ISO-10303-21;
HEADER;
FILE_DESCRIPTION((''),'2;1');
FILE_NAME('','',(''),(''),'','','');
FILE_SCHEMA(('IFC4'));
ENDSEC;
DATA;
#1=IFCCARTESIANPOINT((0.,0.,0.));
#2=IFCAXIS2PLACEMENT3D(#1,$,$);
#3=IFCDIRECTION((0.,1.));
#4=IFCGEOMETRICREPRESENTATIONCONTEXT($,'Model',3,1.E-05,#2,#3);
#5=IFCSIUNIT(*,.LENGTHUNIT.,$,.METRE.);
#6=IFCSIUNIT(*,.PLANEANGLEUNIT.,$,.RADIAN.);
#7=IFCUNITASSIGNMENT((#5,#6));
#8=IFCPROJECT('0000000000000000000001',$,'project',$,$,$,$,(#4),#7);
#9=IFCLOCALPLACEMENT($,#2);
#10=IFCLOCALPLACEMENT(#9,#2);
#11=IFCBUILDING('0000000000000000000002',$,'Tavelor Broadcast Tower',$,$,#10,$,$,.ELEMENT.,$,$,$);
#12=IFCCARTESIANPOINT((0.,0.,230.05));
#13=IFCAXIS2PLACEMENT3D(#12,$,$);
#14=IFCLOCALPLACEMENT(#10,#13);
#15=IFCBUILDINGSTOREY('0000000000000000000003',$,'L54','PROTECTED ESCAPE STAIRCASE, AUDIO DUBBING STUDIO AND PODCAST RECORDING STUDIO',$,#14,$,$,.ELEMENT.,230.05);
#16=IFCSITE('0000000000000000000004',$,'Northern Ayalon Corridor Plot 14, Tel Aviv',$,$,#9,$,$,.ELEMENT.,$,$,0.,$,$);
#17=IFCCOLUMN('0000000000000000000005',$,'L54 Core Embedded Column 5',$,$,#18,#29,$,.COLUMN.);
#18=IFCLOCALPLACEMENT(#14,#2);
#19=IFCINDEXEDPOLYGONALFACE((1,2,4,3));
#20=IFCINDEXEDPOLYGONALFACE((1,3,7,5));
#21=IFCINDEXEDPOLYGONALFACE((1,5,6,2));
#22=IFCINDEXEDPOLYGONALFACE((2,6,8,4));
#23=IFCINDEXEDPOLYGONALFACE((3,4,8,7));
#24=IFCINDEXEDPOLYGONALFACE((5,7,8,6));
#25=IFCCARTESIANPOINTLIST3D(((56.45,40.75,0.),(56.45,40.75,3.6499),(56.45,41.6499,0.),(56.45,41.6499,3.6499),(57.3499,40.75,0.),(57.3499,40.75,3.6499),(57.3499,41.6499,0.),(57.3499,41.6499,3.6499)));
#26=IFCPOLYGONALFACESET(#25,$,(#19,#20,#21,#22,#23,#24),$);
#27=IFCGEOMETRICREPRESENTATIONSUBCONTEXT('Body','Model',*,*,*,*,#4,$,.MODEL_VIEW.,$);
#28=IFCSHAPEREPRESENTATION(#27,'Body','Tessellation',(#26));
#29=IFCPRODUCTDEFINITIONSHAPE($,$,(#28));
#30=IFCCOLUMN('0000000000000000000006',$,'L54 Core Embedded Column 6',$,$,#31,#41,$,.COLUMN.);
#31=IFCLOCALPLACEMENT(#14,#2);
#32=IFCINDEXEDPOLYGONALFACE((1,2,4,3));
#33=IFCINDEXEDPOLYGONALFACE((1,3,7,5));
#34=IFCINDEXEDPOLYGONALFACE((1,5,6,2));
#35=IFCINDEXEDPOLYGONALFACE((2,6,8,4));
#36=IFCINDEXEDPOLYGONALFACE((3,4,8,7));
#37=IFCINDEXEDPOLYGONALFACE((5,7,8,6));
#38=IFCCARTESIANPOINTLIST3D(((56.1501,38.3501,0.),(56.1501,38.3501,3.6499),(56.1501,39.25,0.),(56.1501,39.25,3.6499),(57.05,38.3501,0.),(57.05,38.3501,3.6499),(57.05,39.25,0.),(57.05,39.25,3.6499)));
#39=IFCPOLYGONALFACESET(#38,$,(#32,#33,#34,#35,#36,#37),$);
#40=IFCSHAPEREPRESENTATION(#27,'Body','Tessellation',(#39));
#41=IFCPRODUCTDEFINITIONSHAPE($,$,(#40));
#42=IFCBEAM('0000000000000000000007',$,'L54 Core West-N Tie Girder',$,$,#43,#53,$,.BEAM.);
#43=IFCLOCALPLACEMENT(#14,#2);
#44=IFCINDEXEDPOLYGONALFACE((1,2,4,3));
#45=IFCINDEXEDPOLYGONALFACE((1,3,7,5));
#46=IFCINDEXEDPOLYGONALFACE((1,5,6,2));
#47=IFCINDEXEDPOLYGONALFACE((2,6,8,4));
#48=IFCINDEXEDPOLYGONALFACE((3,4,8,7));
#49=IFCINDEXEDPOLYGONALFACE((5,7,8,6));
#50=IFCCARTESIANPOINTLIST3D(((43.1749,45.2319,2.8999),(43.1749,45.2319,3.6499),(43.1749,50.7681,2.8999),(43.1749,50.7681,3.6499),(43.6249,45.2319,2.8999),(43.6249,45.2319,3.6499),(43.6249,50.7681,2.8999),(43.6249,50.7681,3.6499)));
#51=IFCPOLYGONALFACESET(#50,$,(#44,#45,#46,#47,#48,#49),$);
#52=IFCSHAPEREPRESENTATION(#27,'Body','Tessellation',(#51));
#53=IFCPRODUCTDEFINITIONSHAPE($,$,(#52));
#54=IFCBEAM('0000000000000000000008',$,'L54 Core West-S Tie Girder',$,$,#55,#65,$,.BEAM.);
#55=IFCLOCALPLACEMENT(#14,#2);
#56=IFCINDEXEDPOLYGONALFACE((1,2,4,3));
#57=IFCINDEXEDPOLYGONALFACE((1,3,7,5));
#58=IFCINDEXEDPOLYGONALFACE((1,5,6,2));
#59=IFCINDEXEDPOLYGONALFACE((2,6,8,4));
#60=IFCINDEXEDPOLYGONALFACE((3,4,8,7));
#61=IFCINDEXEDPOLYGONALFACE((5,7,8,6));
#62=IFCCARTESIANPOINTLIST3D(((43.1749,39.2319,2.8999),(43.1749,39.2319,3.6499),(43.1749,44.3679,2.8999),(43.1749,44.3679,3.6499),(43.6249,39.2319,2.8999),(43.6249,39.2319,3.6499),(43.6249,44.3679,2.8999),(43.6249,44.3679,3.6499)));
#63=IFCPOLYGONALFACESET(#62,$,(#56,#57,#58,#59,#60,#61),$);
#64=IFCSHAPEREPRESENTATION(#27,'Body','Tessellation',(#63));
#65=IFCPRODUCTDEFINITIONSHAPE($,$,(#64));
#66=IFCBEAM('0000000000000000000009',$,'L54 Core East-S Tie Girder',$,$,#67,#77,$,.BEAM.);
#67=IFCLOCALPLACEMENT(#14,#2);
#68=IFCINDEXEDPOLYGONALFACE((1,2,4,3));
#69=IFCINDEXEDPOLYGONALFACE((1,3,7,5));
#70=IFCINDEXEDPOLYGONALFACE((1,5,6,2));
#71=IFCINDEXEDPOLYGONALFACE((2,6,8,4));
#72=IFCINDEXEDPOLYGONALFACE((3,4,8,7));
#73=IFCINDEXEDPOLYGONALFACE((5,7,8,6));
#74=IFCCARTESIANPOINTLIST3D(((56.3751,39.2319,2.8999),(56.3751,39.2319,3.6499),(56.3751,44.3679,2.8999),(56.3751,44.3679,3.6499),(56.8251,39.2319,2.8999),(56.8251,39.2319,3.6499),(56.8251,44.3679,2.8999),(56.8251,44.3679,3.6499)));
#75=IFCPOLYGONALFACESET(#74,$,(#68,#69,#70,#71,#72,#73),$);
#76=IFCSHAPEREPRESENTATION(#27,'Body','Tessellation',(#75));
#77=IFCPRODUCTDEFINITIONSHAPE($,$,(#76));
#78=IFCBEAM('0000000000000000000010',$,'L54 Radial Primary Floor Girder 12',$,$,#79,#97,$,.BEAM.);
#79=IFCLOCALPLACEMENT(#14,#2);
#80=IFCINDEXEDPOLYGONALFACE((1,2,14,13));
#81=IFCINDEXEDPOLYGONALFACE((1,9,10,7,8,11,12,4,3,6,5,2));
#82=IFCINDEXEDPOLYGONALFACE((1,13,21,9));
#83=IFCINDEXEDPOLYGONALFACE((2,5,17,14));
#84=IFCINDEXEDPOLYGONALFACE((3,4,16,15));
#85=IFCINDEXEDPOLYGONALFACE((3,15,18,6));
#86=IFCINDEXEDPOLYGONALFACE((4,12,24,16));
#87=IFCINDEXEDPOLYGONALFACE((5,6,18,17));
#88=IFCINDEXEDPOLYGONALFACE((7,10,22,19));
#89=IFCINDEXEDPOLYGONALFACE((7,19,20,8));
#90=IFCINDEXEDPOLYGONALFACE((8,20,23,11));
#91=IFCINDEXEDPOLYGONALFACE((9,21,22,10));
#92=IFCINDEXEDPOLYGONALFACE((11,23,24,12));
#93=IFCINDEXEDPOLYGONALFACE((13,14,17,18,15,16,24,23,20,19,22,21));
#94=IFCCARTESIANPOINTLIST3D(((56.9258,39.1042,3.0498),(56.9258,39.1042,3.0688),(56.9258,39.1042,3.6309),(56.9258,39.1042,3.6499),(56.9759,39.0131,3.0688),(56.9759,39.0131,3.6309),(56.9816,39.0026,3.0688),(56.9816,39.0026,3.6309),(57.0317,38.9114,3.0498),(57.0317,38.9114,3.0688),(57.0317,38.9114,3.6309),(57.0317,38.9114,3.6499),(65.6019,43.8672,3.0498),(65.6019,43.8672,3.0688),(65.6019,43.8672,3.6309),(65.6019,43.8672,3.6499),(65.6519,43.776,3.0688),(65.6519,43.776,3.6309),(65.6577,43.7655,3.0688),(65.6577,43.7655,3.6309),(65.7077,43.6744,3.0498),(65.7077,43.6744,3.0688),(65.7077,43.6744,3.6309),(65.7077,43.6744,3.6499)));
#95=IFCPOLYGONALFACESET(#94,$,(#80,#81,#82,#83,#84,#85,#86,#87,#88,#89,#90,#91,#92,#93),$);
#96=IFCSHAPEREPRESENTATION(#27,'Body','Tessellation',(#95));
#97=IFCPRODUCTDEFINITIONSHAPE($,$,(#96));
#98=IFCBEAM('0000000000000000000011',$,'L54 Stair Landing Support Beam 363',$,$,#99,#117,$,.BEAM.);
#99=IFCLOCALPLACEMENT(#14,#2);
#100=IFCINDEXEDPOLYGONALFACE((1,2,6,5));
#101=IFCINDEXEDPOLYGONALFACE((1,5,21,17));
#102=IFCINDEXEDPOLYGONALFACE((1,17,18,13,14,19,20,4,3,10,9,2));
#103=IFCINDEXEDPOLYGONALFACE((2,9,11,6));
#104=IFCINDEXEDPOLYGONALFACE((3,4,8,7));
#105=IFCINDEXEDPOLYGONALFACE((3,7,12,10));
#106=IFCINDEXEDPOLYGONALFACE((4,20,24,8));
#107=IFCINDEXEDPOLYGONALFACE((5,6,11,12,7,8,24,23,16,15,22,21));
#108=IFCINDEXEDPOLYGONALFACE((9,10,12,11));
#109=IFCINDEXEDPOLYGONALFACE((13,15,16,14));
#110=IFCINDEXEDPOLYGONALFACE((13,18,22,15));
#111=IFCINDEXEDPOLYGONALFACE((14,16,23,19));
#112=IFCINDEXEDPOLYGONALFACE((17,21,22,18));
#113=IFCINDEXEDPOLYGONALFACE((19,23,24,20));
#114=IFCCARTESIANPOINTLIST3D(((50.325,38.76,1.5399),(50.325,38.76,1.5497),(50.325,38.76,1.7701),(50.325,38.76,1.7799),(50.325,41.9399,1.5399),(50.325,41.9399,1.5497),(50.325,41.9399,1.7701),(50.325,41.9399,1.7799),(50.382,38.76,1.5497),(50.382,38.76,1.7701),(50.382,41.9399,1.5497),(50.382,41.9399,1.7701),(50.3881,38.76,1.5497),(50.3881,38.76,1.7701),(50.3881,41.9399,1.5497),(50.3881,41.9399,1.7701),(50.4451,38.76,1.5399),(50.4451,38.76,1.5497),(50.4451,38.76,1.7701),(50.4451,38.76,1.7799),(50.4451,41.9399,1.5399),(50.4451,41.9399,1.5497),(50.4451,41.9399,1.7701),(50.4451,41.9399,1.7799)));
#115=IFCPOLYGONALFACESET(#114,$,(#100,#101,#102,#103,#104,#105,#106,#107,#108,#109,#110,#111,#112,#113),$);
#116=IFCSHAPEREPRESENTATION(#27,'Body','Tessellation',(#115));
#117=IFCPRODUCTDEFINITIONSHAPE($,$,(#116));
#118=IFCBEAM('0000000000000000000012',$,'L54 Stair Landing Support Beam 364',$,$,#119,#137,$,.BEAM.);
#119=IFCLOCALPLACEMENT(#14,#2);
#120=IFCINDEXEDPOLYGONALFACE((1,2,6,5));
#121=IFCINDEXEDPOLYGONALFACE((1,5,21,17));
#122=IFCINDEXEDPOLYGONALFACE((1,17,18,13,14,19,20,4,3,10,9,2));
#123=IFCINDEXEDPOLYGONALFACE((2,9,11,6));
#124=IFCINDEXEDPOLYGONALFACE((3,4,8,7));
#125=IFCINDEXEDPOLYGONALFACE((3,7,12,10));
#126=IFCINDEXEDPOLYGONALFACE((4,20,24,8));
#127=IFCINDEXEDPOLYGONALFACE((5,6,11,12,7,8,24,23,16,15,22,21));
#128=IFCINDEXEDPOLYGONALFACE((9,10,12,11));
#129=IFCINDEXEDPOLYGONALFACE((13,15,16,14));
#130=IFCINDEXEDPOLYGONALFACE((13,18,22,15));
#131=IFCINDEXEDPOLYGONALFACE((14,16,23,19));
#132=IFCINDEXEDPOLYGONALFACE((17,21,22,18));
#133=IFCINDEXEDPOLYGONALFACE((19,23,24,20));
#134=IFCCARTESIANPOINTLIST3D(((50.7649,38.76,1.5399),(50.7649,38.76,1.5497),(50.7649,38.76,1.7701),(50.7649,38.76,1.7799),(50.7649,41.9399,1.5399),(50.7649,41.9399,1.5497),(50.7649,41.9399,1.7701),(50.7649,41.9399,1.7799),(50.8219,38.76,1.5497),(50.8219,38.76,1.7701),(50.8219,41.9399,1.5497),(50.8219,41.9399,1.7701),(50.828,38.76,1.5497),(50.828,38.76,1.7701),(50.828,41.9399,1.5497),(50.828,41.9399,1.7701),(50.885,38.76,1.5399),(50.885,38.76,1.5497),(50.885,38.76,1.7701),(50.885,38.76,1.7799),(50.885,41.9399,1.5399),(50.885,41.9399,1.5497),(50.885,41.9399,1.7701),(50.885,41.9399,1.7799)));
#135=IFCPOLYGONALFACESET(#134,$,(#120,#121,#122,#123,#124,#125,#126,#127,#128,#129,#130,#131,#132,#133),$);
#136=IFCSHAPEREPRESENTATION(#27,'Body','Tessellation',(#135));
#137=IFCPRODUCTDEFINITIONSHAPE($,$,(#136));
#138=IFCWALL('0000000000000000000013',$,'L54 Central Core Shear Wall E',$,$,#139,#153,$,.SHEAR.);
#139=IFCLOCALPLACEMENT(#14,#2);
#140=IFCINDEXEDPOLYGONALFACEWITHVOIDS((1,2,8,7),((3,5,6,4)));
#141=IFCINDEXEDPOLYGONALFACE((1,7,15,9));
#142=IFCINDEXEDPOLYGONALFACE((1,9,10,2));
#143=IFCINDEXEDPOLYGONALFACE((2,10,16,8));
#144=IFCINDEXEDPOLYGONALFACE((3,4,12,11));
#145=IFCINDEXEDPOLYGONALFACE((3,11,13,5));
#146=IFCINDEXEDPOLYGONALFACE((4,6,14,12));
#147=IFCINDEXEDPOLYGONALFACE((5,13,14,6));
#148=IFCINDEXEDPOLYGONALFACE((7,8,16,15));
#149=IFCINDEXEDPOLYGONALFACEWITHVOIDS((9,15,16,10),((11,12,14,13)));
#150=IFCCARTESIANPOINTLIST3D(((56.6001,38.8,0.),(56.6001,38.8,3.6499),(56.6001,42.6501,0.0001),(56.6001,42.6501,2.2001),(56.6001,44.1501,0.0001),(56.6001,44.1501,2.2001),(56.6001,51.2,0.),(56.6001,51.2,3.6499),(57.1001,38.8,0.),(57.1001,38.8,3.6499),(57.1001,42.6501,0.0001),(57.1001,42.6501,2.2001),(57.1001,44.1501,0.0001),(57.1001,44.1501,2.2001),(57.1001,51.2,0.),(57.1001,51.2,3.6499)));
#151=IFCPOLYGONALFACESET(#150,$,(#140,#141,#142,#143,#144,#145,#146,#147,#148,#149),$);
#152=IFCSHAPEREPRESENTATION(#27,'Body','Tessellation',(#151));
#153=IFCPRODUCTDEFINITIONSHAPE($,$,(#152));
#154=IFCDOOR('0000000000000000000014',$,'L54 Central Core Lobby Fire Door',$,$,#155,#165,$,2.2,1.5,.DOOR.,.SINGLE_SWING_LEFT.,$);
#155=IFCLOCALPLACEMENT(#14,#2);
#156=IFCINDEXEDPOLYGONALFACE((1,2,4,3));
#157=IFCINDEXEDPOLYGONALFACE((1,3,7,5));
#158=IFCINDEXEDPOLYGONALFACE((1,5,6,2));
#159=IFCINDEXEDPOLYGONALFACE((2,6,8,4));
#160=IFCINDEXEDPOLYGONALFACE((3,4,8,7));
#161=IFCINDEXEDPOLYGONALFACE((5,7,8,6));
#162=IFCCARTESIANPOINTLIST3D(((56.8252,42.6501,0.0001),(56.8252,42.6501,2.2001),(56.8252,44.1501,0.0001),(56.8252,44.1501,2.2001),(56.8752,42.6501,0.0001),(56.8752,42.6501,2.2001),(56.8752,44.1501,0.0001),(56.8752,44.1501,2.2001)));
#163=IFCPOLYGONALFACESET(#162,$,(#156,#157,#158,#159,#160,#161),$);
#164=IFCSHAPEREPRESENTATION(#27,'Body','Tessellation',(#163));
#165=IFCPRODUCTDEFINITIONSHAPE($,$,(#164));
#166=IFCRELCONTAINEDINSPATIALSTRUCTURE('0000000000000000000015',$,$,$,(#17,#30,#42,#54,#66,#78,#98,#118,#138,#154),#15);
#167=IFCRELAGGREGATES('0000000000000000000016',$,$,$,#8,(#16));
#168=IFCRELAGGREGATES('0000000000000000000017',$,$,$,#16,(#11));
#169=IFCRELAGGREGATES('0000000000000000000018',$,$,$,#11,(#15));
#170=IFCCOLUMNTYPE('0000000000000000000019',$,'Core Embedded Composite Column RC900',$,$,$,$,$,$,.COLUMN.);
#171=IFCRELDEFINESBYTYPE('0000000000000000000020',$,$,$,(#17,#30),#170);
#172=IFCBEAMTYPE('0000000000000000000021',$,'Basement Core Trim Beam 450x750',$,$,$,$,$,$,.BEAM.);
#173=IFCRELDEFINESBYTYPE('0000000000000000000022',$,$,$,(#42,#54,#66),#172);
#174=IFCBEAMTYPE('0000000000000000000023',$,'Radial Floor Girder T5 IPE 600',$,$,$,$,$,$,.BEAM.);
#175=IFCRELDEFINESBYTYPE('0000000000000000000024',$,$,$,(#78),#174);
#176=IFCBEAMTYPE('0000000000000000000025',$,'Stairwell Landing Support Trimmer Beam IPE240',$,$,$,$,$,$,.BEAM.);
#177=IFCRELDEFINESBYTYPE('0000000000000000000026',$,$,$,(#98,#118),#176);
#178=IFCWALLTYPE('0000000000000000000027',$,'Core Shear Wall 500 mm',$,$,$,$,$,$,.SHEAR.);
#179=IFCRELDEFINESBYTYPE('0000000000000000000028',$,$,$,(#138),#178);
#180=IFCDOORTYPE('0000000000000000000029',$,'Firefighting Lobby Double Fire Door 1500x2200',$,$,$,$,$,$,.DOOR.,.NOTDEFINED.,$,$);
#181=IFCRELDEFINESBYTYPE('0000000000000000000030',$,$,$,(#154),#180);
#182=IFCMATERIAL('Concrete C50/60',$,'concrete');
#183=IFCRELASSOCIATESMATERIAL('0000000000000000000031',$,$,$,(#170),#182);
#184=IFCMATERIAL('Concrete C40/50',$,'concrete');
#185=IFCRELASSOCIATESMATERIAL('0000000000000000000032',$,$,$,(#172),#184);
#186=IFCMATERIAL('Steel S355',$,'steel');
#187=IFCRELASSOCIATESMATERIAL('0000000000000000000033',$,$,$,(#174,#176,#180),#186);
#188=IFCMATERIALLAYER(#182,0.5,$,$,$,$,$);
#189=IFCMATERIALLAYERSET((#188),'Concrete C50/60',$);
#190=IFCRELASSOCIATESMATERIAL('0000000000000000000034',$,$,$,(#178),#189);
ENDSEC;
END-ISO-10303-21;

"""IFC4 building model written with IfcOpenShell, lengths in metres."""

from ifc_helpers import new_model, si_unit, direction, frame, frame_2d, origin, origin_2d, place, context, subcontext, project, spatial, rectangle, i_section, extrude, material, layer, layer_set, material_profile, profile_set, type_object, element, fill, save


model = new_model("IFC4")

# Units and contexts
model_context = context("Model", 3, precision=1e-05, world=origin(), true_north=direction((0.0, 1.0)))
body_context = subcontext(model_context, "Body", "Model", "MODEL_VIEW")
ifc_project = project(units=[si_unit("LENGTHUNIT", "METRE"), si_unit("PLANEANGLEUNIT", "RADIAN")], contexts=[model_context])

# Site, building, storey
site_placement = place(None, origin())
site = spatial("IfcSite", under=ifc_project, at=site_placement, Name="Northern Ayalon Corridor Plot 14, Tel Aviv", CompositionType="ELEMENT", RefElevation=0.0)
building_placement = place(site_placement, origin())
building = spatial("IfcBuilding", under=site, at=building_placement, Name="Tavelor Broadcast Tower", CompositionType="ELEMENT")
storey_placement = place(building_placement, frame((0.0, 0.0, 230.05)))
storey = spatial("IfcBuildingStorey", under=building, at=storey_placement, Name="L54", Description="PROTECTED ESCAPE STAIRCASE, AUDIO DUBBING STUDIO AND PODCAST RECORDING STUDIO", CompositionType="ELEMENT", Elevation=230.05)

# Columns
ifc_material_1 = material(Name="Concrete C50/60", Category="concrete")
ifc_material_profile_1 = material_profile(ifc_material_1, rectangle(XDim=0.8999, YDim=0.8999, at=origin_2d()), Name="RC 900x900")
ifc_profile_set_1 = profile_set([ifc_material_profile_1], Name="Concrete C50/60")
column_type = type_object("IfcColumnType", Name="Core Embedded Composite Column RC900", PredefinedType="COLUMN", material=ifc_profile_set_1)
for number, where, z_axis, x_axis, name in (
    (1, (56.8999, 41.2, 0.0), (0.0, 0.0, 1.0), (1.0, 0.0, 0.0), "L54 Core Embedded Column 5"),
    (2, (56.6001, 38.8, 0.0), (0.0, 0.0, 1.0), (1.0, 0.0, 0.0), "L54 Core Embedded Column 6"),
):
    element("IfcColumn", number, at=place(storey_placement, frame(where, z_axis=z_axis, x_axis=x_axis)), inside=storey, type_object=column_type, Name=name, PredefinedType="COLUMN", context=body_context, shape_type="SweptSolid", body=[
        extrude(rectangle(XDim=0.8999, YDim=0.8999, at=origin_2d()), origin(), (0.0, 0.0, 1.0), 3.6499),
    ])

# Beams
ifc_material_2 = material(Name="Concrete C40/50", Category="concrete")
ifc_material_profile_2 = material_profile(ifc_material_2, rectangle(XDim=0.45, YDim=0.75, at=origin_2d()), Name="RC 450x750")
ifc_profile_set_2 = profile_set([ifc_material_profile_2], Name="Concrete C40/50")
beam_type_1 = type_object("IfcBeamType", Name="Basement Core Trim Beam 450x750", PredefinedType="BEAM", material=ifc_profile_set_2)
beam_1_placement = place(storey_placement, frame((43.3999, 45.2319, 3.2749), z_axis=(0.0, 1.0, 0.0), x_axis=(-1.0, 0.0, 0.0)))
element("IfcBeam", 3, at=beam_1_placement, inside=storey, type_object=beam_type_1, Name="L54 Core West-N Tie Girder", PredefinedType="BEAM", context=body_context, shape_type="SweptSolid", body=[
    extrude(rectangle(XDim=0.45, YDim=0.75, at=origin_2d()), origin(), (0.0, 0.0, 1.0), 5.5361),
])
for number, where, z_axis, x_axis, name in (
    (4, (43.3999, 39.2319, 3.2749), (0.0, 1.0, 0.0), (-1.0, 0.0, 0.0), "L54 Core West-S Tie Girder"),
    (5, (56.6001, 39.2319, 3.2749), (0.0, 1.0, 0.0), (-1.0, 0.0, 0.0), "L54 Core East-S Tie Girder"),
):
    element("IfcBeam", number, at=place(storey_placement, frame(where, z_axis=z_axis, x_axis=x_axis)), inside=storey, type_object=beam_type_1, Name=name, PredefinedType="BEAM", context=body_context, shape_type="SweptSolid", body=[
        extrude(rectangle(XDim=0.45, YDim=0.75, at=origin_2d()), origin(), (0.0, 0.0, 1.0), 5.136),
    ])
ifc_material_3 = material(Name="Steel S355", Category="steel")
ifc_material_profile_3 = material_profile(ifc_material_3, i_section(OverallWidth=0.22, OverallDepth=0.6001, WebThickness=0.012, FlangeThickness=0.019, at=origin_2d()), Name="IPE 600")
ifc_profile_set_3 = profile_set([ifc_material_profile_3], Name="Steel S355")
beam_type_2 = type_object("IfcBeamType", Name="Radial Floor Girder T5 IPE 600", PredefinedType="BEAM", material=ifc_profile_set_3)
beam_2_placement = place(storey_placement, frame((56.9788, 39.0078, 3.3499), z_axis=(0.876594, 0.48123, 0.0), x_axis=(-0.48123, 0.876594, 0.0)))
element("IfcBeam", 6, at=beam_2_placement, inside=storey, type_object=beam_type_2, Name="L54 Radial Primary Floor Girder 12", PredefinedType="BEAM", context=body_context, shape_type="SweptSolid", body=[
    extrude(i_section(OverallWidth=0.22, OverallDepth=0.6001, WebThickness=0.012, FlangeThickness=0.019, at=origin_2d()), origin(), (0.0, 0.0, 1.0), 9.8975),
])
ifc_material_profile_4 = material_profile(ifc_material_3, i_section(OverallWidth=0.1201, OverallDepth=0.24, WebThickness=0.0061, FlangeThickness=0.0098, at=origin_2d()), Name="IPE 240")
ifc_profile_set_4 = profile_set([ifc_material_profile_4], Name="Steel S355")
beam_type_3 = type_object("IfcBeamType", Name="Stairwell Landing Support Trimmer Beam IPE240", PredefinedType="BEAM", material=ifc_profile_set_4)
for number, where, z_axis, x_axis, name in (
    (7, (50.385, 38.76, 1.6599), (0.0, 1.0, 0.0), (-1.0, 0.0, 0.0), "L54 Stair Landing Support Beam 363"),
    (8, (50.825, 38.76, 1.6599), (0.0, 1.0, 0.0), (-1.0, 0.0, 0.0), "L54 Stair Landing Support Beam 364"),
):
    element("IfcBeam", number, at=place(storey_placement, frame(where, z_axis=z_axis, x_axis=x_axis)), inside=storey, type_object=beam_type_3, Name=name, PredefinedType="BEAM", context=body_context, shape_type="SweptSolid", body=[
        extrude(i_section(OverallWidth=0.1201, OverallDepth=0.24, WebThickness=0.0061, FlangeThickness=0.0098, at=origin_2d()), origin(), (0.0, 0.0, 1.0), 3.1799),
    ])

# Wall, opening, door
ifc_layer_1 = layer(ifc_material_1, 0.5)
ifc_layer_set_1 = layer_set([ifc_layer_1], Name="Concrete C50/60")
wall_type_1 = type_object("IfcWallType", Name="Core Shear Wall 500 mm", PredefinedType="SHEAR", material=ifc_layer_set_1)
wall_1_placement = place(storey_placement, frame((56.8501, 38.8, 0.0), z_axis=(0.0, 0.0, 1.0), x_axis=(0.0, 1.0, 0.0)))
wall_1 = element("IfcWall", 9, at=wall_1_placement, inside=storey, type_object=wall_type_1, Name="L54 Central Core Shear Wall E", PredefinedType="SHEAR", context=body_context, shape_type="SweptSolid", body=[
    extrude(rectangle(XDim=12.3999, YDim=0.5, at=frame_2d((6.2, 0.0))), origin(), (0.0, 0.0, 1.0), 3.6499),
])
opening_1_placement = place(wall_1_placement, frame((3.8501, 0.0, 0.0)))
opening_1 = element("IfcOpeningElement", 10, at=opening_1_placement, cuts=wall_1, PredefinedType="OPENING", context=body_context, shape_type="SweptSolid", body=[
    extrude(rectangle(XDim=1.5, YDim=2.2, at=frame_2d((0.75, 1.1001))), frame((0.0, 0.26, 0.0), z_axis=(0.0, -1.0, 0.0), x_axis=(1.0, 0.0, 0.0)), (0.0, 0.0, 1.0), 0.52),
])
door_type_1 = type_object("IfcDoorType", Name="Firefighting Lobby Double Fire Door 1500x2200", OperationType="NOTDEFINED", PredefinedType="DOOR", material=ifc_material_3)
door_1_placement = place(opening_1_placement, origin())
door_1 = element("IfcDoor", 11, at=door_1_placement, inside=storey, type_object=door_type_1, Name="L54 Central Core Lobby Fire Door", OperationType="SINGLE_SWING_LEFT", OverallHeight=2.2, OverallWidth=1.5, PredefinedType="DOOR", context=body_context, shape_type="SweptSolid", body=[
    extrude(rectangle(XDim=1.5, YDim=2.2, at=frame_2d((0.75, 1.1001))), frame((0.0, 0.0249, 0.0), z_axis=(0.0, -1.0, 0.0), x_axis=(1.0, 0.0, 0.0)), (0.0, 0.0, 1.0), 0.05),
])
fill(opening_1, door_1)

save(model, "model.ifc")
